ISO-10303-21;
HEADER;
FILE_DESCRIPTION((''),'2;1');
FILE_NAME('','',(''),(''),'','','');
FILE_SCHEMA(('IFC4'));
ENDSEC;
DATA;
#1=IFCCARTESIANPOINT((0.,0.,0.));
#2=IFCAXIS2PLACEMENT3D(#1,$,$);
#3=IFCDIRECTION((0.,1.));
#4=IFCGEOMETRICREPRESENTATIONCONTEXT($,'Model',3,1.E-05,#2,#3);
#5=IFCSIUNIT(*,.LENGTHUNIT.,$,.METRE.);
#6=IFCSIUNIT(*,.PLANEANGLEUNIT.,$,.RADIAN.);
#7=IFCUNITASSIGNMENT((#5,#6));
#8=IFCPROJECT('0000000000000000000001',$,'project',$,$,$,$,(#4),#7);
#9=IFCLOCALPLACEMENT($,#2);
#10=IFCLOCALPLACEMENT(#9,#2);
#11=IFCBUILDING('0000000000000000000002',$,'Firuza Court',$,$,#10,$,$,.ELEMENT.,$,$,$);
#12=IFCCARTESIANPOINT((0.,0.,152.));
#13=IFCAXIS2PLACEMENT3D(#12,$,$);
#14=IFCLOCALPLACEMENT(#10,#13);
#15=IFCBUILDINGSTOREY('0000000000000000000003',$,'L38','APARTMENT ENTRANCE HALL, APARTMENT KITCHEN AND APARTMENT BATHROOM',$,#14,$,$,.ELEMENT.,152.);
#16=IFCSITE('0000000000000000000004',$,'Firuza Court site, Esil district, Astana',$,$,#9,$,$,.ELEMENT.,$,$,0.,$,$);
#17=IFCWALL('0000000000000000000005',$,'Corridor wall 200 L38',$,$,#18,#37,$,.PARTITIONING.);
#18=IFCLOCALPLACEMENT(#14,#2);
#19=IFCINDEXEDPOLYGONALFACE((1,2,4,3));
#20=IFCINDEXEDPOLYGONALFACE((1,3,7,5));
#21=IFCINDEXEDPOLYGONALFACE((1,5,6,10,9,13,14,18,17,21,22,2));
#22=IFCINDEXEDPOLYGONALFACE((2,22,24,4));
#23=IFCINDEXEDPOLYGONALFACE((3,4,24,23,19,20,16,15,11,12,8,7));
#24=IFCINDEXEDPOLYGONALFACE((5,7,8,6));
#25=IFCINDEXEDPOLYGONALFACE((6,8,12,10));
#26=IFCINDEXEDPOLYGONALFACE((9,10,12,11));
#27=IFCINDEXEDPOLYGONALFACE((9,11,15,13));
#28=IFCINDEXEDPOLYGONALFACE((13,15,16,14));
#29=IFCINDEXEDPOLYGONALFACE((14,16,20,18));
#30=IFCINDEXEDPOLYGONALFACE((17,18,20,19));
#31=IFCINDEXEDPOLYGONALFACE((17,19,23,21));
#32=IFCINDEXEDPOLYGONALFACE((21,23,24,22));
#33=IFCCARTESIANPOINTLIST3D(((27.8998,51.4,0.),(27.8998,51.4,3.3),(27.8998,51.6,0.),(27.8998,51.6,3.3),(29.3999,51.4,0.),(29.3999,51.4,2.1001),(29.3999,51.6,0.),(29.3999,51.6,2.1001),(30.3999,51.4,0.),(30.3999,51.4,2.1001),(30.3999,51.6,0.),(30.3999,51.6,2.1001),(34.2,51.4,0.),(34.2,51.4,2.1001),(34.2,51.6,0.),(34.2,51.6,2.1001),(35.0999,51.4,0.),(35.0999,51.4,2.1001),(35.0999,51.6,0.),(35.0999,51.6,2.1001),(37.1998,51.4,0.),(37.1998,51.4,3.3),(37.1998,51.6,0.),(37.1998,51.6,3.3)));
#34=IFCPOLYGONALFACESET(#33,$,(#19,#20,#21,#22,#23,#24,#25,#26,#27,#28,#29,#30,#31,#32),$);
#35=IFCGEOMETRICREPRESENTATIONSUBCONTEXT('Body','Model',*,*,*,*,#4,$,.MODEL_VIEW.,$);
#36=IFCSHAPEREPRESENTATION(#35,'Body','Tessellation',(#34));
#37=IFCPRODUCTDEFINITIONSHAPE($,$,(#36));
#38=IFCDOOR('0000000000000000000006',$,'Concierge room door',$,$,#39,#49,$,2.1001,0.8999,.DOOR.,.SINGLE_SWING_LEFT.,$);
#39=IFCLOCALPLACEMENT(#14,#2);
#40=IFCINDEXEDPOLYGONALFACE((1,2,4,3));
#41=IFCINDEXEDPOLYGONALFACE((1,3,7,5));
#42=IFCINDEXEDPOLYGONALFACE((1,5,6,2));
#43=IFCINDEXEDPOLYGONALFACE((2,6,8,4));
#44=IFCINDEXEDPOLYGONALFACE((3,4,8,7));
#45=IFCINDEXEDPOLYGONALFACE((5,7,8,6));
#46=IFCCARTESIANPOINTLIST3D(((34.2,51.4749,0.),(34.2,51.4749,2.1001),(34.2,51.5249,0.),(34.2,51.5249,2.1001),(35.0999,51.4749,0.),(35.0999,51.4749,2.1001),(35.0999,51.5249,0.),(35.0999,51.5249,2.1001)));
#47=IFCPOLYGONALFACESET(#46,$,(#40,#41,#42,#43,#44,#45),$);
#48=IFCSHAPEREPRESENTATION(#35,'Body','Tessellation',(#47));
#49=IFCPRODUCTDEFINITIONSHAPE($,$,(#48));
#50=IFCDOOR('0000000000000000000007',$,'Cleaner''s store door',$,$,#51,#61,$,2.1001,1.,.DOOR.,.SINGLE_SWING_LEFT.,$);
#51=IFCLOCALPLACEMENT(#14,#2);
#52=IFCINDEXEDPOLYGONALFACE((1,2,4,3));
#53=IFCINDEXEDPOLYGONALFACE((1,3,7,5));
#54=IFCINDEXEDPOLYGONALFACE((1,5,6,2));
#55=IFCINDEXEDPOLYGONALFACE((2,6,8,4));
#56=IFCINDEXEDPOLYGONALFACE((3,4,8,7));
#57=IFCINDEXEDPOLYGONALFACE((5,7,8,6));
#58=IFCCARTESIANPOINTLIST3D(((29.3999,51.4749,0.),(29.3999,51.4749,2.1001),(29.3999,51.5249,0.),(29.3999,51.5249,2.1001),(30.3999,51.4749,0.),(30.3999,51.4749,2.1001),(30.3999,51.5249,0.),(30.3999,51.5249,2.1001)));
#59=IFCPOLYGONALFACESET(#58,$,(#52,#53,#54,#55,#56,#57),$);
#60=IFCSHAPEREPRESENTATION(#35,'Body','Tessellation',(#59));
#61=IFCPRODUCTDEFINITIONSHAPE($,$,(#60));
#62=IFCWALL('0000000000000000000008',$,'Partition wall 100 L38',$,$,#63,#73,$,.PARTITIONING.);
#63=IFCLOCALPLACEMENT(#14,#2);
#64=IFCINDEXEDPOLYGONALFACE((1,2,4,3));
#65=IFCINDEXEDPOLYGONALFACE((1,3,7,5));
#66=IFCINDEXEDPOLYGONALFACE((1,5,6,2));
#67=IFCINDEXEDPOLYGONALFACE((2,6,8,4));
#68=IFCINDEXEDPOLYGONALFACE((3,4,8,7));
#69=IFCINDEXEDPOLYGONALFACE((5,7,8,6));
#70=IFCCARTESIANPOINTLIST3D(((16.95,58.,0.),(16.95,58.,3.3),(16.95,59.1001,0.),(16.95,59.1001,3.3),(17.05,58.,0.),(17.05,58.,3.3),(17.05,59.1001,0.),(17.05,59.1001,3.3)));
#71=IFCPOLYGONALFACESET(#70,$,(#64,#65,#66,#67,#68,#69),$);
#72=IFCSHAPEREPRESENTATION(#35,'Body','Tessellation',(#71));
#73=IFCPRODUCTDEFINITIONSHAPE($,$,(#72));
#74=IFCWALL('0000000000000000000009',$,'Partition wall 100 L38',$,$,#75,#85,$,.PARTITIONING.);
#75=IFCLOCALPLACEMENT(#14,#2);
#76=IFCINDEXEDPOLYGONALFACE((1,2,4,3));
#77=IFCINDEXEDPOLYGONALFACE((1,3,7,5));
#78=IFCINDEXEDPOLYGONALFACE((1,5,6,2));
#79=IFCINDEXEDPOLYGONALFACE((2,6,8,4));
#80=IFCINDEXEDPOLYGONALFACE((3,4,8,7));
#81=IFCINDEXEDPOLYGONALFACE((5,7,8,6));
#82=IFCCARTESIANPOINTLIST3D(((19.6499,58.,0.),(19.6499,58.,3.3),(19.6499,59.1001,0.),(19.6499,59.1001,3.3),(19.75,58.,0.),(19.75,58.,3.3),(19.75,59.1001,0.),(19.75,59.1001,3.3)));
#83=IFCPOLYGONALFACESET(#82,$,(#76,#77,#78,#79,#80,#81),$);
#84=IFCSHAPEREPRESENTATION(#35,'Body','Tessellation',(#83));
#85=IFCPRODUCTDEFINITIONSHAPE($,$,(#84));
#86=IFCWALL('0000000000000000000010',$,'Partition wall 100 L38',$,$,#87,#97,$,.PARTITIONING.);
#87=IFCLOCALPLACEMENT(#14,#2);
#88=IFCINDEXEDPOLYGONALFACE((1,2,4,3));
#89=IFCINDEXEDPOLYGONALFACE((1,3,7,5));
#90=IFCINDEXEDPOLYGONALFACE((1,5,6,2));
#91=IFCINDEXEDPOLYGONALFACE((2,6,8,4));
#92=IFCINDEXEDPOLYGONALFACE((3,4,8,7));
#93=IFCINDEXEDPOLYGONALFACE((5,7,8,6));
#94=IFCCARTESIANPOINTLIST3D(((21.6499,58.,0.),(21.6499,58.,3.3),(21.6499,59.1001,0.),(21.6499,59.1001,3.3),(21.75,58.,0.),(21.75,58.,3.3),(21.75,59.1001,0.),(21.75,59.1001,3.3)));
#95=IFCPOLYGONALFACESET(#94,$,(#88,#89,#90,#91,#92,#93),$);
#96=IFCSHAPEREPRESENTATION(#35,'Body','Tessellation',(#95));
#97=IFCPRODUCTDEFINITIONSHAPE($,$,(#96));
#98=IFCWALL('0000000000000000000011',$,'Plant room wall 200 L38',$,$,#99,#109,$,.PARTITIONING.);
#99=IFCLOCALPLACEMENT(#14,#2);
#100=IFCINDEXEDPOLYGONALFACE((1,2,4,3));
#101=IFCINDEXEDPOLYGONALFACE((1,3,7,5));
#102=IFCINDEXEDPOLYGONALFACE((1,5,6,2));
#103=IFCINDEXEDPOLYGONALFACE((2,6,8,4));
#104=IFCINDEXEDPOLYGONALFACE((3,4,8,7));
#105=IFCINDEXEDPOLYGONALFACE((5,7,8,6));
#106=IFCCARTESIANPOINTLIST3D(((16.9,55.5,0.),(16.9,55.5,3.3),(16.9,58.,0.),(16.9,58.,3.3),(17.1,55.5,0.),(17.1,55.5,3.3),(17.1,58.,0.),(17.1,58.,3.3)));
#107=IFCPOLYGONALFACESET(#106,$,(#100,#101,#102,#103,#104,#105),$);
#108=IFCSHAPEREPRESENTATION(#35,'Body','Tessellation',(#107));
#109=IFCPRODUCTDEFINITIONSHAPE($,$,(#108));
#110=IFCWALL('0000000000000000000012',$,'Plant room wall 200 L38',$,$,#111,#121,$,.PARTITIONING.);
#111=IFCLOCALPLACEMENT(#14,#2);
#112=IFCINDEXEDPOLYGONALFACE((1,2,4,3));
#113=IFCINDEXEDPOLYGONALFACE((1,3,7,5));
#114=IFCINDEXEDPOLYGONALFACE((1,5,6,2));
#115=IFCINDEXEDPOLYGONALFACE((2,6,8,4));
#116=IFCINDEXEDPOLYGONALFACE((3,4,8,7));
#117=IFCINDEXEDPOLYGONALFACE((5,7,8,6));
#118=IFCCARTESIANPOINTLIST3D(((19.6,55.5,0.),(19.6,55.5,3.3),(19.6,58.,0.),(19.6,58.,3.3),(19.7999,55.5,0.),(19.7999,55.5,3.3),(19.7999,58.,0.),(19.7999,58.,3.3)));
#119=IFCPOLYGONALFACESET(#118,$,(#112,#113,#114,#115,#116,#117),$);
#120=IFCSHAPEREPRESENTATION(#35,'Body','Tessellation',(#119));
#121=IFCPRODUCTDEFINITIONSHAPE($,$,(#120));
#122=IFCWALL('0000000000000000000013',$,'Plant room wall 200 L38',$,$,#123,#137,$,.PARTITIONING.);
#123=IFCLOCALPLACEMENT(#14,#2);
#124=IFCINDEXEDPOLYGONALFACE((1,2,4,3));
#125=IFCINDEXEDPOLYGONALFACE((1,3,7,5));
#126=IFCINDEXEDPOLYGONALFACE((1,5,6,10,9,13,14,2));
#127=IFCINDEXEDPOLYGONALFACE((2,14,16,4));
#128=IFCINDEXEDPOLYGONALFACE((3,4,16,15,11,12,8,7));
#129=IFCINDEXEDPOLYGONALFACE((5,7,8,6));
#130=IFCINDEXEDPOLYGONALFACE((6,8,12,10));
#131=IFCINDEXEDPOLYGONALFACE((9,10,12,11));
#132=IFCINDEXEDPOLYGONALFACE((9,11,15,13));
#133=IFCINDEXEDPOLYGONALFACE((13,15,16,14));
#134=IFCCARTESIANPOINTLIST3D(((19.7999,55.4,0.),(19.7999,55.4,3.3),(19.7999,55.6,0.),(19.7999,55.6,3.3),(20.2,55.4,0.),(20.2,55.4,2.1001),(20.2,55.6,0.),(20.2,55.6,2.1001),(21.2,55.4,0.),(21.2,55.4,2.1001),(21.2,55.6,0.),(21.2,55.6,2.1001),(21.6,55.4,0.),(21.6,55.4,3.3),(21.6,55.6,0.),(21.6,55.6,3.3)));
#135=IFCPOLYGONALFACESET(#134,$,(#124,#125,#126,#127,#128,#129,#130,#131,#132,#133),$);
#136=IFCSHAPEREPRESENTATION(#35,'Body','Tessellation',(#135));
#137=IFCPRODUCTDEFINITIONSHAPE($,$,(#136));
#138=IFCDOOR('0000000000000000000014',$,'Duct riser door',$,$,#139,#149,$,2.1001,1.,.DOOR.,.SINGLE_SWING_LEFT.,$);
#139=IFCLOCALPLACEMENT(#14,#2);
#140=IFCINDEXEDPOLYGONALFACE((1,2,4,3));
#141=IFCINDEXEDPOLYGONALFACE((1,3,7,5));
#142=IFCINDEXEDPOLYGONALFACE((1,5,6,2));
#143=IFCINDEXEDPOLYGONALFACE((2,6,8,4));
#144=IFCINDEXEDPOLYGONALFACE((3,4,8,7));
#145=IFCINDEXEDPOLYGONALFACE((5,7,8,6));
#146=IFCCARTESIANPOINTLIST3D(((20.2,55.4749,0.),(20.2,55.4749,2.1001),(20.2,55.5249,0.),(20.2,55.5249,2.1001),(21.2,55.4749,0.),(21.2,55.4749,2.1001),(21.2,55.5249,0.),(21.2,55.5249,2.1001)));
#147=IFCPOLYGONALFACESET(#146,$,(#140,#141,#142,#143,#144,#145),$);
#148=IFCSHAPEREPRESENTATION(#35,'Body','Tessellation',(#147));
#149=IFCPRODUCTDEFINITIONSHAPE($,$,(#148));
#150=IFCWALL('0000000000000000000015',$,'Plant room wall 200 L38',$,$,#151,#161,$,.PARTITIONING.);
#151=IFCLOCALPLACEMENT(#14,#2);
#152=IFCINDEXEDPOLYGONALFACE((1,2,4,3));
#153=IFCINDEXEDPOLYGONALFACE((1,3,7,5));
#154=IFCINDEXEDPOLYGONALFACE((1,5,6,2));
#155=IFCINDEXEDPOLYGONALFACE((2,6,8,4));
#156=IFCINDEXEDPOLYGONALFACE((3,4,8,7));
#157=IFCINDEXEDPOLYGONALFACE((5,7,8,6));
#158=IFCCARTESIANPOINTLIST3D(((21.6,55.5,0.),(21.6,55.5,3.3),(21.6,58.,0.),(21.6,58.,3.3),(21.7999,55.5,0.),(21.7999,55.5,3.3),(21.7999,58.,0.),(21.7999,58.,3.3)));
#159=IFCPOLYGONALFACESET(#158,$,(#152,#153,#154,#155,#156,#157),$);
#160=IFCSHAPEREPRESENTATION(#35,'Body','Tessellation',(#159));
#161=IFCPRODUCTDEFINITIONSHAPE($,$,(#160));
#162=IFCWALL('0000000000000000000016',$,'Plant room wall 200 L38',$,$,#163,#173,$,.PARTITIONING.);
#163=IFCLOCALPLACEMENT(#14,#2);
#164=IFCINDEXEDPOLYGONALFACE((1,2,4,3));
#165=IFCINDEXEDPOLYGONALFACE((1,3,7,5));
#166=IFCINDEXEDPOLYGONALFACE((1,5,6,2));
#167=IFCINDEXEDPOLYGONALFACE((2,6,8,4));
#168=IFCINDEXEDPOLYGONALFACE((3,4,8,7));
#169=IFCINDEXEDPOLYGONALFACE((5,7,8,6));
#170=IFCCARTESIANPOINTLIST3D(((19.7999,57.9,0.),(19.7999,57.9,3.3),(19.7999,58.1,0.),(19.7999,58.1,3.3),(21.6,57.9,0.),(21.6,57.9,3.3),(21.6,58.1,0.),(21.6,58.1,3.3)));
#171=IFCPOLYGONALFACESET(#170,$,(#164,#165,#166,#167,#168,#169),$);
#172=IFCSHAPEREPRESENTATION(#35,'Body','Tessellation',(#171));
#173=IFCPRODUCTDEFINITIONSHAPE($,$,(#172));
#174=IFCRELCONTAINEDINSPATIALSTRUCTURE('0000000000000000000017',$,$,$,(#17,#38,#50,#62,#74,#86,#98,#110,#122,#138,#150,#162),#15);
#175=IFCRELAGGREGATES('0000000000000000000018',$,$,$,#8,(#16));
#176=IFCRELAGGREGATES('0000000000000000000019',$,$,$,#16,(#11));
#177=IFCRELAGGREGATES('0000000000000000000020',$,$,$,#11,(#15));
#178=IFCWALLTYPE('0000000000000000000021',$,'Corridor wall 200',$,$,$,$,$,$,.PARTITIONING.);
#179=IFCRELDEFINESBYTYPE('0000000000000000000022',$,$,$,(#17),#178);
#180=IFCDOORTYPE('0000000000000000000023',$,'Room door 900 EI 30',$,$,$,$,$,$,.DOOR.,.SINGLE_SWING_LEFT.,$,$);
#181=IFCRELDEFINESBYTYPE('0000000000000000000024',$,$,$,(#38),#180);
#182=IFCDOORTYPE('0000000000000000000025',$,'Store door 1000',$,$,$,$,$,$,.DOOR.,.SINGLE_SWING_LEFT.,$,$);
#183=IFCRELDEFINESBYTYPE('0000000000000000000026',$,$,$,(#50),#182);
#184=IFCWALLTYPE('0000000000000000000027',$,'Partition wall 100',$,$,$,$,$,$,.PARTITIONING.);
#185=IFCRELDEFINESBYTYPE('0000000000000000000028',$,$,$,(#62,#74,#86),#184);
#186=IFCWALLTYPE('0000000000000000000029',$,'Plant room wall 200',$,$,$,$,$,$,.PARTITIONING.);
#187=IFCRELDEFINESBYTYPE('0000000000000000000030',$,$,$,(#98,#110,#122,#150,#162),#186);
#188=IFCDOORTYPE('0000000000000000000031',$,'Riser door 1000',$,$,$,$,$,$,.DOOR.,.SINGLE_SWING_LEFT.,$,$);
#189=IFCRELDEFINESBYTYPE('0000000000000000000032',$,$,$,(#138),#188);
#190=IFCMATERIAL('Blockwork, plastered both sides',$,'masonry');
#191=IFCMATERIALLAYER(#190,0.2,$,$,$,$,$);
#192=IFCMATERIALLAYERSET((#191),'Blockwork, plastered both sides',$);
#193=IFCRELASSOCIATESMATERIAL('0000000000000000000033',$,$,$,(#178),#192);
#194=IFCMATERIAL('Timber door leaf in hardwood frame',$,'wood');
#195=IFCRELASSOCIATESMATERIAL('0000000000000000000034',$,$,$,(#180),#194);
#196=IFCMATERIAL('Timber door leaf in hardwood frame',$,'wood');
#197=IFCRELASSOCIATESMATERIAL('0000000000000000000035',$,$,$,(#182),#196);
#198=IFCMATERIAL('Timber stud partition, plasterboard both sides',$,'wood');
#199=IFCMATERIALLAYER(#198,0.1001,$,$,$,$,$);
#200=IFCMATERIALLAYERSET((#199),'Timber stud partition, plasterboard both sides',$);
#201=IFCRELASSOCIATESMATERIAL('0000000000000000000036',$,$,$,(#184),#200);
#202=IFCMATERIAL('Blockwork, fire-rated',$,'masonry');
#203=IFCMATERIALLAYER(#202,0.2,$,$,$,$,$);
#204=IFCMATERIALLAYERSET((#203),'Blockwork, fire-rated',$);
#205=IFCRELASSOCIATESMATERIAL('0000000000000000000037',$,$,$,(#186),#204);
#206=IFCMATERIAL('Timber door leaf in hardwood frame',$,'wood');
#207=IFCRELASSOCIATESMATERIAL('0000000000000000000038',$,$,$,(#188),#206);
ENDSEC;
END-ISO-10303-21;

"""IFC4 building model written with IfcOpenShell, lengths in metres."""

from ifc_helpers import new_model, si_unit, direction, frame, frame_2d, origin, place, context, subcontext, project, spatial, rectangle, extrude, material, layer, layer_set, type_object, element, fill, save


model = new_model("IFC4")

# Units and contexts
model_context = context("Model", 3, precision=1e-05, world=origin(), true_north=direction((0.0, 1.0)))
body_context = subcontext(model_context, "Body", "Model", "MODEL_VIEW")
ifc_project = project(units=[si_unit("LENGTHUNIT", "METRE"), si_unit("PLANEANGLEUNIT", "RADIAN")], contexts=[model_context])

# Site, building, storey
site_placement = place(None, origin())
site = spatial("IfcSite", under=ifc_project, at=site_placement, Name="Firuza Court site, Esil district, Astana", CompositionType="ELEMENT", RefElevation=0.0)
building_placement = place(site_placement, origin())
building = spatial("IfcBuilding", under=site, at=building_placement, Name="Firuza Court", CompositionType="ELEMENT")
storey_placement = place(building_placement, frame((0.0, 0.0, 152.0)))
storey = spatial("IfcBuildingStorey", under=building, at=storey_placement, Name="L38", Description="APARTMENT ENTRANCE HALL, APARTMENT KITCHEN AND APARTMENT BATHROOM", CompositionType="ELEMENT", Elevation=152.0)

# Wall, openings, doors
ifc_material_1 = material(Name="Blockwork, plastered both sides", Category="masonry")
ifc_layer_1 = layer(ifc_material_1, 0.2)
ifc_layer_set_1 = layer_set([ifc_layer_1], Name="Blockwork, plastered both sides")
wall_type_1 = type_object("IfcWallType", Name="Corridor wall 200", PredefinedType="PARTITIONING", material=ifc_layer_set_1)
wall_1_placement = place(storey_placement, frame((27.8999, 51.5, 0.0), z_axis=(0.0, 0.0, 1.0), x_axis=(1.0, 0.0, 0.0)))
wall_1 = element("IfcWall", 1, at=wall_1_placement, inside=storey, type_object=wall_type_1, Name="Corridor wall 200 L38", PredefinedType="PARTITIONING", context=body_context, shape_type="SweptSolid", body=[
    extrude(rectangle(XDim=9.3, YDim=0.2, at=frame_2d((4.6499, 0.0))), origin(), (0.0, 0.0, 1.0), 3.3),
])
opening_1_placement = place(wall_1_placement, frame((1.5, 0.0, 0.0)))
opening_1 = element("IfcOpeningElement", 2, at=opening_1_placement, cuts=wall_1, PredefinedType="OPENING", context=body_context, shape_type="SweptSolid", body=[
    extrude(rectangle(XDim=1.0, YDim=2.1001, at=frame_2d((0.5, 1.05))), frame((0.0, 0.1118, 0.0), z_axis=(0.0, -1.0, 0.0), x_axis=(1.0, 0.0, 0.0)), (0.0, 0.0, 1.0), 0.2239),
])
opening_2_placement = place(wall_1_placement, frame((6.3, 0.0, 0.0)))
opening_2 = element("IfcOpeningElement", 3, at=opening_2_placement, cuts=wall_1, PredefinedType="OPENING", context=body_context, shape_type="SweptSolid", body=[
    extrude(rectangle(XDim=0.8999, YDim=2.1001, at=frame_2d((0.45, 1.05))), frame((0.0, 0.1118, 0.0), z_axis=(0.0, -1.0, 0.0), x_axis=(1.0, 0.0, 0.0)), (0.0, 0.0, 1.0), 0.2239),
])
ifc_material_2 = material(Name="Timber door leaf in hardwood frame", Category="wood")
door_type_1 = type_object("IfcDoorType", Name="Room door 900 EI 30", OperationType="SINGLE_SWING_LEFT", PredefinedType="DOOR", material=ifc_material_2)
door_1_placement = place(opening_2_placement, origin())
door_1 = element("IfcDoor", 4, at=door_1_placement, inside=storey, type_object=door_type_1, Name="Concierge room door", OperationType="SINGLE_SWING_LEFT", OverallHeight=2.1001, OverallWidth=0.8999, PredefinedType="DOOR", context=body_context, shape_type="SweptSolid", body=[
    extrude(rectangle(XDim=0.8999, YDim=2.1001, at=frame_2d((0.45, 1.05))), frame((0.0, 0.0249, 0.0), z_axis=(0.0, -1.0, 0.0), x_axis=(1.0, 0.0, 0.0)), (0.0, 0.0, 1.0), 0.05),
])
fill(opening_2, door_1)
ifc_material_3 = material(Name="Timber door leaf in hardwood frame", Category="wood")
door_type_2 = type_object("IfcDoorType", Name="Store door 1000", OperationType="SINGLE_SWING_LEFT", PredefinedType="DOOR", material=ifc_material_3)
door_2_placement = place(opening_1_placement, origin())
door_2 = element("IfcDoor", 5, at=door_2_placement, inside=storey, type_object=door_type_2, Name="Cleaner's store door", OperationType="SINGLE_SWING_LEFT", OverallHeight=2.1001, OverallWidth=1.0, PredefinedType="DOOR", context=body_context, shape_type="SweptSolid", body=[
    extrude(rectangle(XDim=1.0, YDim=2.1001, at=frame_2d((0.5, 1.05))), frame((0.0, 0.0249, 0.0), z_axis=(0.0, -1.0, 0.0), x_axis=(1.0, 0.0, 0.0)), (0.0, 0.0, 1.0), 0.05),
])
fill(opening_1, door_2)

# Walls
ifc_material_4 = material(Name="Timber stud partition, plasterboard both sides", Category="wood")
ifc_layer_2 = layer(ifc_material_4, 0.1001)
ifc_layer_set_2 = layer_set([ifc_layer_2], Name="Timber stud partition, plasterboard both sides")
wall_type_2 = type_object("IfcWallType", Name="Partition wall 100", PredefinedType="PARTITIONING", material=ifc_layer_set_2)
for number, where, z_axis, x_axis, name in (
    (6, (17.0, 58.0, 0.0), (0.0, 0.0, 1.0), (0.0, 1.0, 0.0), "Partition wall 100 L38"),
    (7, (19.7, 58.0, 0.0), (0.0, 0.0, 1.0), (0.0, 1.0, 0.0), "Partition wall 100 L38"),
    (8, (21.7, 58.0, 0.0), (0.0, 0.0, 1.0), (0.0, 1.0, 0.0), "Partition wall 100 L38"),
):
    element("IfcWall", number, at=place(storey_placement, frame(where, z_axis=z_axis, x_axis=x_axis)), inside=storey, type_object=wall_type_2, Name=name, PredefinedType="PARTITIONING", context=body_context, shape_type="SweptSolid", body=[
        extrude(rectangle(XDim=1.1001, YDim=0.1001, at=frame_2d((0.55, 0.0))), origin(), (0.0, 0.0, 1.0), 3.3),
    ])
ifc_material_5 = material(Name="Blockwork, fire-rated", Category="masonry")
ifc_layer_3 = layer(ifc_material_5, 0.2)
ifc_layer_set_3 = layer_set([ifc_layer_3], Name="Blockwork, fire-rated")
wall_type_3 = type_object("IfcWallType", Name="Plant room wall 200", PredefinedType="PARTITIONING", material=ifc_layer_set_3)
for number, where, z_axis, x_axis, name in (
    (9, (17.0, 55.5, 0.0), (0.0, 0.0, 1.0), (0.0, 1.0, 0.0), "Plant room wall 200 L38"),
    (10, (19.7, 55.5, 0.0), (0.0, 0.0, 1.0), (0.0, 1.0, 0.0), "Plant room wall 200 L38"),
):
    element("IfcWall", number, at=place(storey_placement, frame(where, z_axis=z_axis, x_axis=x_axis)), inside=storey, type_object=wall_type_3, Name=name, PredefinedType="PARTITIONING", context=body_context, shape_type="SweptSolid", body=[
        extrude(rectangle(XDim=2.5, YDim=0.2, at=frame_2d((1.25, 0.0))), origin(), (0.0, 0.0, 1.0), 3.3),
    ])

# Wall, opening, door
wall_2_placement = place(storey_placement, frame((19.8, 55.5, 0.0), z_axis=(0.0, 0.0, 1.0), x_axis=(1.0, 0.0, 0.0)))
wall_2 = element("IfcWall", 11, at=wall_2_placement, inside=storey, type_object=wall_type_3, Name="Plant room wall 200 L38", PredefinedType="PARTITIONING", context=body_context, shape_type="SweptSolid", body=[
    extrude(rectangle(XDim=1.8, YDim=0.2, at=frame_2d((0.8999, 0.0))), origin(), (0.0, 0.0, 1.0), 3.3),
])
opening_3_placement = place(wall_2_placement, frame((0.3999, 0.0, 0.0)))
opening_3 = element("IfcOpeningElement", 12, at=opening_3_placement, cuts=wall_2, PredefinedType="OPENING", context=body_context, shape_type="SweptSolid", body=[
    extrude(rectangle(XDim=1.0, YDim=2.1001, at=frame_2d((0.5, 1.05))), frame((0.0, 0.1118, 0.0), z_axis=(0.0, -1.0, 0.0), x_axis=(1.0, 0.0, 0.0)), (0.0, 0.0, 1.0), 0.2239),
])
ifc_material_6 = material(Name="Timber door leaf in hardwood frame", Category="wood")
door_type_3 = type_object("IfcDoorType", Name="Riser door 1000", OperationType="SINGLE_SWING_LEFT", PredefinedType="DOOR", material=ifc_material_6)
door_3_placement = place(opening_3_placement, origin())
door_3 = element("IfcDoor", 13, at=door_3_placement, inside=storey, type_object=door_type_3, Name="Duct riser door", OperationType="SINGLE_SWING_LEFT", OverallHeight=2.1001, OverallWidth=1.0, PredefinedType="DOOR", context=body_context, shape_type="SweptSolid", body=[
    extrude(rectangle(XDim=1.0, YDim=2.1001, at=frame_2d((0.5, 1.05))), frame((0.0, 0.0249, 0.0), z_axis=(0.0, -1.0, 0.0), x_axis=(1.0, 0.0, 0.0)), (0.0, 0.0, 1.0), 0.05),
])
fill(opening_3, door_3)

# Walls
wall_3_placement = place(storey_placement, frame((21.7, 55.5, 0.0), z_axis=(0.0, 0.0, 1.0), x_axis=(0.0, 1.0, 0.0)))
element("IfcWall", 14, at=wall_3_placement, inside=storey, type_object=wall_type_3, Name="Plant room wall 200 L38", PredefinedType="PARTITIONING", context=body_context, shape_type="SweptSolid", body=[
    extrude(rectangle(XDim=2.5, YDim=0.2, at=frame_2d((1.25, 0.0))), origin(), (0.0, 0.0, 1.0), 3.3),
])
wall_4_placement = place(storey_placement, frame((19.8, 58.0, 0.0), z_axis=(0.0, 0.0, 1.0), x_axis=(1.0, 0.0, 0.0)))
element("IfcWall", 15, at=wall_4_placement, inside=storey, type_object=wall_type_3, Name="Plant room wall 200 L38", PredefinedType="PARTITIONING", context=body_context, shape_type="SweptSolid", body=[
    extrude(rectangle(XDim=1.8, YDim=0.2, at=frame_2d((0.8999, 0.0))), origin(), (0.0, 0.0, 1.0), 3.3),
])

save(model, "model.ifc")
